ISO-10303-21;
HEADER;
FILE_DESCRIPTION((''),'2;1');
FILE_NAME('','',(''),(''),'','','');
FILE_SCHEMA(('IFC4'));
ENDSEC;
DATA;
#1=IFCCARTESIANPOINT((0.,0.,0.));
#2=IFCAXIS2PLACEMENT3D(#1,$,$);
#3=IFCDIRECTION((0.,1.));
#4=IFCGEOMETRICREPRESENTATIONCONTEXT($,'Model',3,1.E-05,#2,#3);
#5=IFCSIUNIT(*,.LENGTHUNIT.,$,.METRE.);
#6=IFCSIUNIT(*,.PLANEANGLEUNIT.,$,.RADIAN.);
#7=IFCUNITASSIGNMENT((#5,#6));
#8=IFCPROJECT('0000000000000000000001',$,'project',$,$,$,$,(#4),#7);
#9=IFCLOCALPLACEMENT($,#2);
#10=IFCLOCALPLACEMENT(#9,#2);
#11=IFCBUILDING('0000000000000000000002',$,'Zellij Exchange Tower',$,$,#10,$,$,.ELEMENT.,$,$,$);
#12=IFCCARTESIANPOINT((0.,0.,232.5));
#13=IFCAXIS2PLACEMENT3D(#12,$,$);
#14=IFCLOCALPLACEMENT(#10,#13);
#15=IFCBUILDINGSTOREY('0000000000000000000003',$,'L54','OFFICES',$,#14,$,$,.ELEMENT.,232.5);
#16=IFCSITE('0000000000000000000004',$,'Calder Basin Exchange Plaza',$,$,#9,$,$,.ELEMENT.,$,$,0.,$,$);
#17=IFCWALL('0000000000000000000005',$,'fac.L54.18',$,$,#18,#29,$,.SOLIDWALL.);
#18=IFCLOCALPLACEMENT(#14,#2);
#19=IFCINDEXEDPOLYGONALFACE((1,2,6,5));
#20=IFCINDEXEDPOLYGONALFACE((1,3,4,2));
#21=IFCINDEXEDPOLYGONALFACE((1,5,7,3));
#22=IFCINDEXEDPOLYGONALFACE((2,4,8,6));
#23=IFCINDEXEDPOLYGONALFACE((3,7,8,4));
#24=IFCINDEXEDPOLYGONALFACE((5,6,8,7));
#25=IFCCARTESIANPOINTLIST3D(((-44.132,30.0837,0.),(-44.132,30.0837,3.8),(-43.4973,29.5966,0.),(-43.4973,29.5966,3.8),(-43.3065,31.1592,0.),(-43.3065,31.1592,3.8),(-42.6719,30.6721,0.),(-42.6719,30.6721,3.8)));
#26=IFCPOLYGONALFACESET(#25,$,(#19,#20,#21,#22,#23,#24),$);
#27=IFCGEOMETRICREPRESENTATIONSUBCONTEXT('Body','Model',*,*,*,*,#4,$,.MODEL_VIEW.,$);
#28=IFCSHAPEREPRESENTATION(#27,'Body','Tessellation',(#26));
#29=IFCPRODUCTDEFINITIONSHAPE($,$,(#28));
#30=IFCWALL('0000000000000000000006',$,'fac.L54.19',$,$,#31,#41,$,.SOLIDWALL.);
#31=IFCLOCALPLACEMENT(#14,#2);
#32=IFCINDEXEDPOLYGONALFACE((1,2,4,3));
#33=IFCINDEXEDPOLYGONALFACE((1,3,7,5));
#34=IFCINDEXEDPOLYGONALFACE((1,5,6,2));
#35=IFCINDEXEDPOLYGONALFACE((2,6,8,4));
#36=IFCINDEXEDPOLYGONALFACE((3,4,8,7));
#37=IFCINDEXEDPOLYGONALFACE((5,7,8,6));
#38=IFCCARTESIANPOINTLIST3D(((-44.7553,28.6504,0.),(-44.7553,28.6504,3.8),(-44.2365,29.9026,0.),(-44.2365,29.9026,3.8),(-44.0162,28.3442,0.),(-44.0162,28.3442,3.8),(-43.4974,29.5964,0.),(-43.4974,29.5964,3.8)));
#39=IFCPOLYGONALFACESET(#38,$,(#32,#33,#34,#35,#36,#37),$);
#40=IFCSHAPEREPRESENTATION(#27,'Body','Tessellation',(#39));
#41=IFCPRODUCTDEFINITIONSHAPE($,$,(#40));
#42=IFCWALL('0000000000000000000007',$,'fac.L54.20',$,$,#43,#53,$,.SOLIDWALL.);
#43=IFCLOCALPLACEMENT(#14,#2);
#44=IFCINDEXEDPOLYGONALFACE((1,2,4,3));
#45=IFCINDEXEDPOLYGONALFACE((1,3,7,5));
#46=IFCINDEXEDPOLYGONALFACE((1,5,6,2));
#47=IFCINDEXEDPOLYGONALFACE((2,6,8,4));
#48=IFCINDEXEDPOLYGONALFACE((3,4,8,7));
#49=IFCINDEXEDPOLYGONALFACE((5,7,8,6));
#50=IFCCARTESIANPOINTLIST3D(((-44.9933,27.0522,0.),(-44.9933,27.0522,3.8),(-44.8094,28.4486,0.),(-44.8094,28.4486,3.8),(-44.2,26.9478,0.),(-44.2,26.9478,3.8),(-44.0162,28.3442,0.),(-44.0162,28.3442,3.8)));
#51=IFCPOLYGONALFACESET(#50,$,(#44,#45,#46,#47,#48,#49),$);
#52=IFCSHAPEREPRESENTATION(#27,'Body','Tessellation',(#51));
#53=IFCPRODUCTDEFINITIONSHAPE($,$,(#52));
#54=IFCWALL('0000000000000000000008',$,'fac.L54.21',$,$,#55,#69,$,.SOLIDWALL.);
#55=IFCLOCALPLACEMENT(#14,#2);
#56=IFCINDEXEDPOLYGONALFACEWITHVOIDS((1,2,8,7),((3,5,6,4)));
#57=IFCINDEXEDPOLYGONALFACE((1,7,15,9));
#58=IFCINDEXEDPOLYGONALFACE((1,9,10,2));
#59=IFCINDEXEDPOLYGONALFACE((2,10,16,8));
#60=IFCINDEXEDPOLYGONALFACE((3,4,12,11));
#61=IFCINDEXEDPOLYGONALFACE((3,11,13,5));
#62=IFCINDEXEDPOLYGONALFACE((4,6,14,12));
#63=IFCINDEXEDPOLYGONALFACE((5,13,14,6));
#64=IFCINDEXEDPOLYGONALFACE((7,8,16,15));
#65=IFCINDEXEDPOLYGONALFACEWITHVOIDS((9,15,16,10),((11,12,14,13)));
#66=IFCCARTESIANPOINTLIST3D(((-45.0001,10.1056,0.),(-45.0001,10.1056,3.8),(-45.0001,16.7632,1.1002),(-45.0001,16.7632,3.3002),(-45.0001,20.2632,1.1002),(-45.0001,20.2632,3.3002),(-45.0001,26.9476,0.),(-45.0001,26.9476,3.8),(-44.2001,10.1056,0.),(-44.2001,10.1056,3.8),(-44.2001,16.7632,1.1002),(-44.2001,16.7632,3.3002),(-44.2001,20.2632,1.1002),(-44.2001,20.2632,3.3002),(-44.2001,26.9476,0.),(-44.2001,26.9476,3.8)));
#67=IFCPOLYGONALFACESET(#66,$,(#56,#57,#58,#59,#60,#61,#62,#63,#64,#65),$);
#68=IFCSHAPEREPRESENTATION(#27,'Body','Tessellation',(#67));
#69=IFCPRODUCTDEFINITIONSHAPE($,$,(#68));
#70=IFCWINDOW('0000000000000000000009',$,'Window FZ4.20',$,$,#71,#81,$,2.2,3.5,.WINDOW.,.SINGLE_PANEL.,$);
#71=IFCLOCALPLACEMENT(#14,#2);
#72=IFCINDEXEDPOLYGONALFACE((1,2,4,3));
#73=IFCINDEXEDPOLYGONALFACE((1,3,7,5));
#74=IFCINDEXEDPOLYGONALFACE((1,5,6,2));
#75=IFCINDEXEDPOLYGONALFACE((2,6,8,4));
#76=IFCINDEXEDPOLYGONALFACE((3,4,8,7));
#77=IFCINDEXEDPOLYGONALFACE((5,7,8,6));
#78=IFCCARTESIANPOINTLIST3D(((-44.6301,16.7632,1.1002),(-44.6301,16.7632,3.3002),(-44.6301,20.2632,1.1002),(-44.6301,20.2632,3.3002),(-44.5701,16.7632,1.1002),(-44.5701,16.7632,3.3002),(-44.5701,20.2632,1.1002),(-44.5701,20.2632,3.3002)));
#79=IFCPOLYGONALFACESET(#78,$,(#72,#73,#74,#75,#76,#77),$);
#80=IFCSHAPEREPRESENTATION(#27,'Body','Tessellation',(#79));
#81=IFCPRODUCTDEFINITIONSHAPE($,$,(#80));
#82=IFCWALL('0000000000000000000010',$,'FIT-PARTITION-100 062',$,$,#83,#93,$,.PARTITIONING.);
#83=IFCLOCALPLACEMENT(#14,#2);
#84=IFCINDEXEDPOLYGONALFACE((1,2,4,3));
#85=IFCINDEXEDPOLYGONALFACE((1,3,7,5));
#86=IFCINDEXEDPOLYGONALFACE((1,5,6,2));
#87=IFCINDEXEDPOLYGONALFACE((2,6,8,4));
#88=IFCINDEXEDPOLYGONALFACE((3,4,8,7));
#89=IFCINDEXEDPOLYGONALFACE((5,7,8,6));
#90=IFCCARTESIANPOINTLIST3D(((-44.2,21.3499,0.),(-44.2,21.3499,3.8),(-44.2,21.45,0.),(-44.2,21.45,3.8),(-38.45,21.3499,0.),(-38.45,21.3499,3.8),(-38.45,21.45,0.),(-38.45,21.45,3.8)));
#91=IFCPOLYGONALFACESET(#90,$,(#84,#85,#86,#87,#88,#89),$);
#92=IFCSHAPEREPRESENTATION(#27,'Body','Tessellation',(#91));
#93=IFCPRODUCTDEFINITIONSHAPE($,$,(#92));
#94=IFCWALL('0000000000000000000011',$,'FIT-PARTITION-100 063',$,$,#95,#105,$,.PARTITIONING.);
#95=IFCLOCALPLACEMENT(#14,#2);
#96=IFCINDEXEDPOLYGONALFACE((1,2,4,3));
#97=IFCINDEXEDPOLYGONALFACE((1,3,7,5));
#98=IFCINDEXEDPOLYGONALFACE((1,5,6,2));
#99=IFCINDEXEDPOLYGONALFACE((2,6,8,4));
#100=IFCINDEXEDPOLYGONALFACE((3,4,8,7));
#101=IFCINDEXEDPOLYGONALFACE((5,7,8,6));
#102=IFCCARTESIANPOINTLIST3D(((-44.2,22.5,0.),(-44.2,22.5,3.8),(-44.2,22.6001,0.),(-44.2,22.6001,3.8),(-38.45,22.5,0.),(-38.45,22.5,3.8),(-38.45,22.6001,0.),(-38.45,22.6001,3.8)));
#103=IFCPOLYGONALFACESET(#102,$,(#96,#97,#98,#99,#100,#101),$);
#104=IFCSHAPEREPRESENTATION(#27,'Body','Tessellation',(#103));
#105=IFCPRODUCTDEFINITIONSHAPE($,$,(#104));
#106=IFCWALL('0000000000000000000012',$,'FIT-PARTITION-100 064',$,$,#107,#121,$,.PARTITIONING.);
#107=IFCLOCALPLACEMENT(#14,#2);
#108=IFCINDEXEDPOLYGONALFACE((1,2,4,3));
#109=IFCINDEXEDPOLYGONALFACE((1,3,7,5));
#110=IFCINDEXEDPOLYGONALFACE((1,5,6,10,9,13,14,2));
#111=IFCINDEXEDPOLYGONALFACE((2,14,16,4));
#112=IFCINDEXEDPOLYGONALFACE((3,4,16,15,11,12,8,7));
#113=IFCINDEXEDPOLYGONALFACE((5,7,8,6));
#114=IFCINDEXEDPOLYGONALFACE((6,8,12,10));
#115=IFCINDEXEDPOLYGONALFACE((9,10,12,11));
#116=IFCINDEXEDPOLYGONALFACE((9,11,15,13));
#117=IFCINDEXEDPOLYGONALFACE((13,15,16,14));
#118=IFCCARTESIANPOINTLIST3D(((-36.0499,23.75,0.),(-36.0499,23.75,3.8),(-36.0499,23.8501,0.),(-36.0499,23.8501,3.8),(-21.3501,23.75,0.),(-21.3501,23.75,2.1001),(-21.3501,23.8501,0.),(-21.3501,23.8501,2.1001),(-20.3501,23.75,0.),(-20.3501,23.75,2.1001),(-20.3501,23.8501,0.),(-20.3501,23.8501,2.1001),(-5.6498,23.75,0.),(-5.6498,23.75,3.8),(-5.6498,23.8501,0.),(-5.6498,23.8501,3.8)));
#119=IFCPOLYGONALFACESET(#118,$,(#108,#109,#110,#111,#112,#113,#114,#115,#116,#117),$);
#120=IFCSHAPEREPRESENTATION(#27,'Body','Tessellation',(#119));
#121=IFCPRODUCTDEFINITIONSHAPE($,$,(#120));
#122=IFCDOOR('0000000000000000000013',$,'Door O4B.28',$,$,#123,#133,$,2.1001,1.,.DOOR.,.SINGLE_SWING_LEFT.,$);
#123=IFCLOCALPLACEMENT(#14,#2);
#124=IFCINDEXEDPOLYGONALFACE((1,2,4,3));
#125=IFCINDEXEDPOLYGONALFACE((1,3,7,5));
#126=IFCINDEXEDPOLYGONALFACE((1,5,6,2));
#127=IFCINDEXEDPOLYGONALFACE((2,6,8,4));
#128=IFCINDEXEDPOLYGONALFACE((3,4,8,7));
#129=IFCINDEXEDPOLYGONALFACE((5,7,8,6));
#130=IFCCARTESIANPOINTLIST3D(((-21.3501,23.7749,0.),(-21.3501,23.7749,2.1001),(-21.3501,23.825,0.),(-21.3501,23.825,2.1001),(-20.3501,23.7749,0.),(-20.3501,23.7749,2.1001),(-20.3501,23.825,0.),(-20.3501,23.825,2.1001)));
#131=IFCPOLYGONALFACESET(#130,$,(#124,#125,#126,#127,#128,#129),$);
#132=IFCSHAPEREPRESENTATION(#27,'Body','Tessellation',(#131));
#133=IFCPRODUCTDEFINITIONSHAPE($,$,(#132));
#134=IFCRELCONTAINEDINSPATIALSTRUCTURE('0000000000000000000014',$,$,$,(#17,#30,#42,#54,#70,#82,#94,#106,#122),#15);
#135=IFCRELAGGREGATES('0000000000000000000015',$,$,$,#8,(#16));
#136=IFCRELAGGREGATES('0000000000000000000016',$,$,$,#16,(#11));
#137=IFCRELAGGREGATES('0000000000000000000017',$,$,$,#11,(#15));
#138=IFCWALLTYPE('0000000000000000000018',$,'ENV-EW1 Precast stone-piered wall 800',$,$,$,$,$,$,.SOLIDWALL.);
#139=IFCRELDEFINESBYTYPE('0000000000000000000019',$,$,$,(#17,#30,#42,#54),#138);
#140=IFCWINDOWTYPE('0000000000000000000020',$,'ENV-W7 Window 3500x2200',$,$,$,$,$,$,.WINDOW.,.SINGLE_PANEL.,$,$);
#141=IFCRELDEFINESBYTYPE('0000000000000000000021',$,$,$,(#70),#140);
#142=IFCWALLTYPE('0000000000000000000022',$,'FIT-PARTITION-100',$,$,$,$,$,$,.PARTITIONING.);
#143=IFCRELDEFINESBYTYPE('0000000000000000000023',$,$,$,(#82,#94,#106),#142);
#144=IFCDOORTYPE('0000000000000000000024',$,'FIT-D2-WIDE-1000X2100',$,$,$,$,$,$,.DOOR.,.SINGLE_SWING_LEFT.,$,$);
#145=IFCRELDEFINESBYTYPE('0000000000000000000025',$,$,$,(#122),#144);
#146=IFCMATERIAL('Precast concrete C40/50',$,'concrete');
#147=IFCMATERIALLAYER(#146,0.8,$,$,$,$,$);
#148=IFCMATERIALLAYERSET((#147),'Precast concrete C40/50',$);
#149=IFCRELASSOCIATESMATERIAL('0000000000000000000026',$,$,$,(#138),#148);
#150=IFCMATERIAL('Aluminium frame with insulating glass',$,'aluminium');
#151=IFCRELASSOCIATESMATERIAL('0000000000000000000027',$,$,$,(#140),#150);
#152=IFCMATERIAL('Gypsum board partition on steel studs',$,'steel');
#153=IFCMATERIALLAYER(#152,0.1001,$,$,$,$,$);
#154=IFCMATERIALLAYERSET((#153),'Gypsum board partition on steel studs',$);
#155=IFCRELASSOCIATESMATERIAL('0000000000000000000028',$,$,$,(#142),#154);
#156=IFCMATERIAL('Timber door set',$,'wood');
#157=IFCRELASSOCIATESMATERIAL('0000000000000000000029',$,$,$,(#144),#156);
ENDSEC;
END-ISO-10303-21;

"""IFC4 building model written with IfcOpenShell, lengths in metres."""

from ifc_helpers import new_model, si_unit, direction, frame, frame_2d, origin, place, context, subcontext, project, spatial, rectangle, extrude, material, layer, layer_set, type_object, element, fill, save


model = new_model("IFC4")

# Units and contexts
model_context = context("Model", 3, precision=1e-05, world=origin(), true_north=direction((0.0, 1.0)))
body_context = subcontext(model_context, "Body", "Model", "MODEL_VIEW")
ifc_project = project(units=[si_unit("LENGTHUNIT", "METRE"), si_unit("PLANEANGLEUNIT", "RADIAN")], contexts=[model_context])

# Site, building, storey
site_placement = place(None, origin())
site = spatial("IfcSite", under=ifc_project, at=site_placement, Name="Calder Basin Exchange Plaza", CompositionType="ELEMENT", RefElevation=0.0)
building_placement = place(site_placement, origin())
building = spatial("IfcBuilding", under=site, at=building_placement, Name="Zellij Exchange Tower", CompositionType="ELEMENT")
storey_placement = place(building_placement, frame((0.0, 0.0, 232.5)))
storey = spatial("IfcBuildingStorey", under=building, at=storey_placement, Name="L54", Description="OFFICES", CompositionType="ELEMENT", Elevation=232.5)

# Walls
ifc_material_1 = material(Name="Precast concrete C40/50", Category="concrete")
ifc_layer_1 = layer(ifc_material_1, 0.8)
ifc_layer_set_1 = layer_set([ifc_layer_1], Name="Precast concrete C40/50")
wall_type_1 = type_object("IfcWallType", Name="ENV-EW1 Precast stone-piered wall 800", PredefinedType="SOLIDWALL", material=ifc_layer_set_1)
for number, where, z_axis, x_axis, name in (
    (1, (-42.9893, 30.9155, 0.0), (0.0, 0.0, 1.0), (-0.608866, -0.793273, 0.0), "fac.L54.18"),
):
    element("IfcWall", number, at=place(storey_placement, frame(where, z_axis=z_axis, x_axis=x_axis)), inside=storey, type_object=wall_type_1, Name=name, PredefinedType="SOLIDWALL", context=body_context, shape_type="SweptSolid", body=[
        extrude(rectangle(XDim=1.3557, YDim=0.8, at=frame_2d((0.6777, 0.0))), origin(), (0.0, 0.0, 1.0), 3.8),
    ])
wall_1_placement = place(storey_placement, frame((-43.8669, 29.7495, 0.0), z_axis=(0.0, 0.0, 1.0), x_axis=(-0.38276, -0.923848, 0.0)))
element("IfcWall", 2, at=wall_1_placement, inside=storey, type_object=wall_type_1, Name="fac.L54.19", PredefinedType="SOLIDWALL", context=body_context, shape_type="SweptSolid", body=[
    extrude(rectangle(XDim=1.3555, YDim=0.8, at=frame_2d((0.6777, 0.0))), origin(), (0.0, 0.0, 1.0), 3.8),
])
wall_2_placement = place(storey_placement, frame((-44.4128, 28.3962, 0.0), z_axis=(0.0, 0.0, 1.0), x_axis=(-0.130517, -0.991446, 0.0)))
element("IfcWall", 3, at=wall_2_placement, inside=storey, type_object=wall_type_1, Name="fac.L54.20", PredefinedType="SOLIDWALL", context=body_context, shape_type="SweptSolid", body=[
    extrude(rectangle(XDim=1.4084, YDim=0.8, at=frame_2d((0.7041, 0.0))), origin(), (0.0, 0.0, 1.0), 3.8),
])

# Wall, opening, window
wall_3_placement = place(storey_placement, frame((-44.6001, 26.9475, 0.0), z_axis=(0.0, 0.0, 1.0), x_axis=(0.0, -1.0, 0.0)))
wall_3 = element("IfcWall", 4, at=wall_3_placement, inside=storey, type_object=wall_type_1, Name="fac.L54.21", PredefinedType="SOLIDWALL", context=body_context, shape_type="SweptSolid", body=[
    extrude(rectangle(XDim=16.842, YDim=0.8, at=frame_2d((8.4209, 0.0))), origin(), (0.0, 0.0, 1.0), 3.8),
])
opening_1_placement = place(wall_3_placement, frame((6.6843, 0.0, 1.1001)))
opening_1 = element("IfcOpeningElement", 5, at=opening_1_placement, cuts=wall_3, PredefinedType="OPENING", context=body_context, shape_type="SweptSolid", body=[
    extrude(rectangle(XDim=3.5, YDim=2.2, at=frame_2d((1.75, 1.1001))), frame((0.0, 0.4121, 0.0), z_axis=(0.0, -1.0, 0.0), x_axis=(1.0, 0.0, 0.0)), (0.0, 0.0, 1.0), 0.824),
])
ifc_material_2 = material(Name="Aluminium frame with insulating glass", Category="aluminium")
window_type = type_object("IfcWindowType", Name="ENV-W7 Window 3500x2200", PartitioningType="SINGLE_PANEL", PredefinedType="WINDOW", material=ifc_material_2)
window_placement = place(opening_1_placement, origin())
window = element("IfcWindow", 6, at=window_placement, inside=storey, type_object=window_type, Name="Window FZ4.20", OverallHeight=2.2, OverallWidth=3.5, PartitioningType="SINGLE_PANEL", PredefinedType="WINDOW", context=body_context, shape_type="SweptSolid", body=[
    extrude(rectangle(XDim=3.5, YDim=2.2, at=frame_2d((1.75, 1.1001))), frame((0.0, 0.03, 0.0), z_axis=(0.0, -1.0, 0.0), x_axis=(1.0, 0.0, 0.0)), (0.0, 0.0, 1.0), 0.0601),
])
fill(opening_1, window)

# Walls
ifc_material_3 = material(Name="Gypsum board partition on steel studs", Category="steel")
ifc_layer_2 = layer(ifc_material_3, 0.1001)
ifc_layer_set_2 = layer_set([ifc_layer_2], Name="Gypsum board partition on steel studs")
wall_type_2 = type_object("IfcWallType", Name="FIT-PARTITION-100", PredefinedType="PARTITIONING", material=ifc_layer_set_2)
for number, where, z_axis, x_axis, name in (
    (7, (-44.2, 21.3999, 0.0), (0.0, 0.0, 1.0), (1.0, 0.0, 0.0), "FIT-PARTITION-100 062"),
    (8, (-44.2, 22.55, 0.0), (0.0, 0.0, 1.0), (1.0, 0.0, 0.0), "FIT-PARTITION-100 063"),
):
    element("IfcWall", number, at=place(storey_placement, frame(where, z_axis=z_axis, x_axis=x_axis)), inside=storey, type_object=wall_type_2, Name=name, PredefinedType="PARTITIONING", context=body_context, shape_type="SweptSolid", body=[
        extrude(rectangle(XDim=5.75, YDim=0.1001, at=frame_2d((2.875, 0.0))), origin(), (0.0, 0.0, 1.0), 3.8),
    ])

# Wall, opening, door
wall_4_placement = place(storey_placement, frame((-36.05, 23.8, 0.0), z_axis=(0.0, 0.0, 1.0), x_axis=(1.0, 0.0, 0.0)))
wall_4 = element("IfcWall", 9, at=wall_4_placement, inside=storey, type_object=wall_type_2, Name="FIT-PARTITION-100 064", PredefinedType="PARTITIONING", context=body_context, shape_type="SweptSolid", body=[
    extrude(rectangle(XDim=30.4001, YDim=0.1001, at=frame_2d((15.2002, 0.0))), origin(), (0.0, 0.0, 1.0), 3.8),
])
opening_2_placement = place(wall_4_placement, frame((14.7, 0.0, 0.0)))
opening_2 = element("IfcOpeningElement", 10, at=opening_2_placement, cuts=wall_4, PredefinedType="OPENING", context=body_context, shape_type="SweptSolid", body=[
    extrude(rectangle(XDim=1.0, YDim=2.1001, at=frame_2d((0.5, 1.05))), frame((0.0, 0.062, 0.0), z_axis=(0.0, -1.0, 0.0), x_axis=(1.0, 0.0, 0.0)), (0.0, 0.0, 1.0), 0.124),
])
ifc_material_4 = material(Name="Timber door set", Category="wood")
door_type_1 = type_object("IfcDoorType", Name="FIT-D2-WIDE-1000X2100", OperationType="SINGLE_SWING_LEFT", PredefinedType="DOOR", material=ifc_material_4)
door_1_placement = place(opening_2_placement, origin())
door_1 = element("IfcDoor", 11, at=door_1_placement, inside=storey, type_object=door_type_1, Name="Door O4B.28", OperationType="SINGLE_SWING_LEFT", OverallHeight=2.1001, OverallWidth=1.0, PredefinedType="DOOR", context=body_context, shape_type="SweptSolid", body=[
    extrude(rectangle(XDim=1.0, YDim=2.1001, at=frame_2d((0.5, 1.05))), frame((0.0, 0.0249, 0.0), z_axis=(0.0, -1.0, 0.0), x_axis=(1.0, 0.0, 0.0)), (0.0, 0.0, 1.0), 0.05),
])
fill(opening_2, door_1)

save(model, "model.ifc")
